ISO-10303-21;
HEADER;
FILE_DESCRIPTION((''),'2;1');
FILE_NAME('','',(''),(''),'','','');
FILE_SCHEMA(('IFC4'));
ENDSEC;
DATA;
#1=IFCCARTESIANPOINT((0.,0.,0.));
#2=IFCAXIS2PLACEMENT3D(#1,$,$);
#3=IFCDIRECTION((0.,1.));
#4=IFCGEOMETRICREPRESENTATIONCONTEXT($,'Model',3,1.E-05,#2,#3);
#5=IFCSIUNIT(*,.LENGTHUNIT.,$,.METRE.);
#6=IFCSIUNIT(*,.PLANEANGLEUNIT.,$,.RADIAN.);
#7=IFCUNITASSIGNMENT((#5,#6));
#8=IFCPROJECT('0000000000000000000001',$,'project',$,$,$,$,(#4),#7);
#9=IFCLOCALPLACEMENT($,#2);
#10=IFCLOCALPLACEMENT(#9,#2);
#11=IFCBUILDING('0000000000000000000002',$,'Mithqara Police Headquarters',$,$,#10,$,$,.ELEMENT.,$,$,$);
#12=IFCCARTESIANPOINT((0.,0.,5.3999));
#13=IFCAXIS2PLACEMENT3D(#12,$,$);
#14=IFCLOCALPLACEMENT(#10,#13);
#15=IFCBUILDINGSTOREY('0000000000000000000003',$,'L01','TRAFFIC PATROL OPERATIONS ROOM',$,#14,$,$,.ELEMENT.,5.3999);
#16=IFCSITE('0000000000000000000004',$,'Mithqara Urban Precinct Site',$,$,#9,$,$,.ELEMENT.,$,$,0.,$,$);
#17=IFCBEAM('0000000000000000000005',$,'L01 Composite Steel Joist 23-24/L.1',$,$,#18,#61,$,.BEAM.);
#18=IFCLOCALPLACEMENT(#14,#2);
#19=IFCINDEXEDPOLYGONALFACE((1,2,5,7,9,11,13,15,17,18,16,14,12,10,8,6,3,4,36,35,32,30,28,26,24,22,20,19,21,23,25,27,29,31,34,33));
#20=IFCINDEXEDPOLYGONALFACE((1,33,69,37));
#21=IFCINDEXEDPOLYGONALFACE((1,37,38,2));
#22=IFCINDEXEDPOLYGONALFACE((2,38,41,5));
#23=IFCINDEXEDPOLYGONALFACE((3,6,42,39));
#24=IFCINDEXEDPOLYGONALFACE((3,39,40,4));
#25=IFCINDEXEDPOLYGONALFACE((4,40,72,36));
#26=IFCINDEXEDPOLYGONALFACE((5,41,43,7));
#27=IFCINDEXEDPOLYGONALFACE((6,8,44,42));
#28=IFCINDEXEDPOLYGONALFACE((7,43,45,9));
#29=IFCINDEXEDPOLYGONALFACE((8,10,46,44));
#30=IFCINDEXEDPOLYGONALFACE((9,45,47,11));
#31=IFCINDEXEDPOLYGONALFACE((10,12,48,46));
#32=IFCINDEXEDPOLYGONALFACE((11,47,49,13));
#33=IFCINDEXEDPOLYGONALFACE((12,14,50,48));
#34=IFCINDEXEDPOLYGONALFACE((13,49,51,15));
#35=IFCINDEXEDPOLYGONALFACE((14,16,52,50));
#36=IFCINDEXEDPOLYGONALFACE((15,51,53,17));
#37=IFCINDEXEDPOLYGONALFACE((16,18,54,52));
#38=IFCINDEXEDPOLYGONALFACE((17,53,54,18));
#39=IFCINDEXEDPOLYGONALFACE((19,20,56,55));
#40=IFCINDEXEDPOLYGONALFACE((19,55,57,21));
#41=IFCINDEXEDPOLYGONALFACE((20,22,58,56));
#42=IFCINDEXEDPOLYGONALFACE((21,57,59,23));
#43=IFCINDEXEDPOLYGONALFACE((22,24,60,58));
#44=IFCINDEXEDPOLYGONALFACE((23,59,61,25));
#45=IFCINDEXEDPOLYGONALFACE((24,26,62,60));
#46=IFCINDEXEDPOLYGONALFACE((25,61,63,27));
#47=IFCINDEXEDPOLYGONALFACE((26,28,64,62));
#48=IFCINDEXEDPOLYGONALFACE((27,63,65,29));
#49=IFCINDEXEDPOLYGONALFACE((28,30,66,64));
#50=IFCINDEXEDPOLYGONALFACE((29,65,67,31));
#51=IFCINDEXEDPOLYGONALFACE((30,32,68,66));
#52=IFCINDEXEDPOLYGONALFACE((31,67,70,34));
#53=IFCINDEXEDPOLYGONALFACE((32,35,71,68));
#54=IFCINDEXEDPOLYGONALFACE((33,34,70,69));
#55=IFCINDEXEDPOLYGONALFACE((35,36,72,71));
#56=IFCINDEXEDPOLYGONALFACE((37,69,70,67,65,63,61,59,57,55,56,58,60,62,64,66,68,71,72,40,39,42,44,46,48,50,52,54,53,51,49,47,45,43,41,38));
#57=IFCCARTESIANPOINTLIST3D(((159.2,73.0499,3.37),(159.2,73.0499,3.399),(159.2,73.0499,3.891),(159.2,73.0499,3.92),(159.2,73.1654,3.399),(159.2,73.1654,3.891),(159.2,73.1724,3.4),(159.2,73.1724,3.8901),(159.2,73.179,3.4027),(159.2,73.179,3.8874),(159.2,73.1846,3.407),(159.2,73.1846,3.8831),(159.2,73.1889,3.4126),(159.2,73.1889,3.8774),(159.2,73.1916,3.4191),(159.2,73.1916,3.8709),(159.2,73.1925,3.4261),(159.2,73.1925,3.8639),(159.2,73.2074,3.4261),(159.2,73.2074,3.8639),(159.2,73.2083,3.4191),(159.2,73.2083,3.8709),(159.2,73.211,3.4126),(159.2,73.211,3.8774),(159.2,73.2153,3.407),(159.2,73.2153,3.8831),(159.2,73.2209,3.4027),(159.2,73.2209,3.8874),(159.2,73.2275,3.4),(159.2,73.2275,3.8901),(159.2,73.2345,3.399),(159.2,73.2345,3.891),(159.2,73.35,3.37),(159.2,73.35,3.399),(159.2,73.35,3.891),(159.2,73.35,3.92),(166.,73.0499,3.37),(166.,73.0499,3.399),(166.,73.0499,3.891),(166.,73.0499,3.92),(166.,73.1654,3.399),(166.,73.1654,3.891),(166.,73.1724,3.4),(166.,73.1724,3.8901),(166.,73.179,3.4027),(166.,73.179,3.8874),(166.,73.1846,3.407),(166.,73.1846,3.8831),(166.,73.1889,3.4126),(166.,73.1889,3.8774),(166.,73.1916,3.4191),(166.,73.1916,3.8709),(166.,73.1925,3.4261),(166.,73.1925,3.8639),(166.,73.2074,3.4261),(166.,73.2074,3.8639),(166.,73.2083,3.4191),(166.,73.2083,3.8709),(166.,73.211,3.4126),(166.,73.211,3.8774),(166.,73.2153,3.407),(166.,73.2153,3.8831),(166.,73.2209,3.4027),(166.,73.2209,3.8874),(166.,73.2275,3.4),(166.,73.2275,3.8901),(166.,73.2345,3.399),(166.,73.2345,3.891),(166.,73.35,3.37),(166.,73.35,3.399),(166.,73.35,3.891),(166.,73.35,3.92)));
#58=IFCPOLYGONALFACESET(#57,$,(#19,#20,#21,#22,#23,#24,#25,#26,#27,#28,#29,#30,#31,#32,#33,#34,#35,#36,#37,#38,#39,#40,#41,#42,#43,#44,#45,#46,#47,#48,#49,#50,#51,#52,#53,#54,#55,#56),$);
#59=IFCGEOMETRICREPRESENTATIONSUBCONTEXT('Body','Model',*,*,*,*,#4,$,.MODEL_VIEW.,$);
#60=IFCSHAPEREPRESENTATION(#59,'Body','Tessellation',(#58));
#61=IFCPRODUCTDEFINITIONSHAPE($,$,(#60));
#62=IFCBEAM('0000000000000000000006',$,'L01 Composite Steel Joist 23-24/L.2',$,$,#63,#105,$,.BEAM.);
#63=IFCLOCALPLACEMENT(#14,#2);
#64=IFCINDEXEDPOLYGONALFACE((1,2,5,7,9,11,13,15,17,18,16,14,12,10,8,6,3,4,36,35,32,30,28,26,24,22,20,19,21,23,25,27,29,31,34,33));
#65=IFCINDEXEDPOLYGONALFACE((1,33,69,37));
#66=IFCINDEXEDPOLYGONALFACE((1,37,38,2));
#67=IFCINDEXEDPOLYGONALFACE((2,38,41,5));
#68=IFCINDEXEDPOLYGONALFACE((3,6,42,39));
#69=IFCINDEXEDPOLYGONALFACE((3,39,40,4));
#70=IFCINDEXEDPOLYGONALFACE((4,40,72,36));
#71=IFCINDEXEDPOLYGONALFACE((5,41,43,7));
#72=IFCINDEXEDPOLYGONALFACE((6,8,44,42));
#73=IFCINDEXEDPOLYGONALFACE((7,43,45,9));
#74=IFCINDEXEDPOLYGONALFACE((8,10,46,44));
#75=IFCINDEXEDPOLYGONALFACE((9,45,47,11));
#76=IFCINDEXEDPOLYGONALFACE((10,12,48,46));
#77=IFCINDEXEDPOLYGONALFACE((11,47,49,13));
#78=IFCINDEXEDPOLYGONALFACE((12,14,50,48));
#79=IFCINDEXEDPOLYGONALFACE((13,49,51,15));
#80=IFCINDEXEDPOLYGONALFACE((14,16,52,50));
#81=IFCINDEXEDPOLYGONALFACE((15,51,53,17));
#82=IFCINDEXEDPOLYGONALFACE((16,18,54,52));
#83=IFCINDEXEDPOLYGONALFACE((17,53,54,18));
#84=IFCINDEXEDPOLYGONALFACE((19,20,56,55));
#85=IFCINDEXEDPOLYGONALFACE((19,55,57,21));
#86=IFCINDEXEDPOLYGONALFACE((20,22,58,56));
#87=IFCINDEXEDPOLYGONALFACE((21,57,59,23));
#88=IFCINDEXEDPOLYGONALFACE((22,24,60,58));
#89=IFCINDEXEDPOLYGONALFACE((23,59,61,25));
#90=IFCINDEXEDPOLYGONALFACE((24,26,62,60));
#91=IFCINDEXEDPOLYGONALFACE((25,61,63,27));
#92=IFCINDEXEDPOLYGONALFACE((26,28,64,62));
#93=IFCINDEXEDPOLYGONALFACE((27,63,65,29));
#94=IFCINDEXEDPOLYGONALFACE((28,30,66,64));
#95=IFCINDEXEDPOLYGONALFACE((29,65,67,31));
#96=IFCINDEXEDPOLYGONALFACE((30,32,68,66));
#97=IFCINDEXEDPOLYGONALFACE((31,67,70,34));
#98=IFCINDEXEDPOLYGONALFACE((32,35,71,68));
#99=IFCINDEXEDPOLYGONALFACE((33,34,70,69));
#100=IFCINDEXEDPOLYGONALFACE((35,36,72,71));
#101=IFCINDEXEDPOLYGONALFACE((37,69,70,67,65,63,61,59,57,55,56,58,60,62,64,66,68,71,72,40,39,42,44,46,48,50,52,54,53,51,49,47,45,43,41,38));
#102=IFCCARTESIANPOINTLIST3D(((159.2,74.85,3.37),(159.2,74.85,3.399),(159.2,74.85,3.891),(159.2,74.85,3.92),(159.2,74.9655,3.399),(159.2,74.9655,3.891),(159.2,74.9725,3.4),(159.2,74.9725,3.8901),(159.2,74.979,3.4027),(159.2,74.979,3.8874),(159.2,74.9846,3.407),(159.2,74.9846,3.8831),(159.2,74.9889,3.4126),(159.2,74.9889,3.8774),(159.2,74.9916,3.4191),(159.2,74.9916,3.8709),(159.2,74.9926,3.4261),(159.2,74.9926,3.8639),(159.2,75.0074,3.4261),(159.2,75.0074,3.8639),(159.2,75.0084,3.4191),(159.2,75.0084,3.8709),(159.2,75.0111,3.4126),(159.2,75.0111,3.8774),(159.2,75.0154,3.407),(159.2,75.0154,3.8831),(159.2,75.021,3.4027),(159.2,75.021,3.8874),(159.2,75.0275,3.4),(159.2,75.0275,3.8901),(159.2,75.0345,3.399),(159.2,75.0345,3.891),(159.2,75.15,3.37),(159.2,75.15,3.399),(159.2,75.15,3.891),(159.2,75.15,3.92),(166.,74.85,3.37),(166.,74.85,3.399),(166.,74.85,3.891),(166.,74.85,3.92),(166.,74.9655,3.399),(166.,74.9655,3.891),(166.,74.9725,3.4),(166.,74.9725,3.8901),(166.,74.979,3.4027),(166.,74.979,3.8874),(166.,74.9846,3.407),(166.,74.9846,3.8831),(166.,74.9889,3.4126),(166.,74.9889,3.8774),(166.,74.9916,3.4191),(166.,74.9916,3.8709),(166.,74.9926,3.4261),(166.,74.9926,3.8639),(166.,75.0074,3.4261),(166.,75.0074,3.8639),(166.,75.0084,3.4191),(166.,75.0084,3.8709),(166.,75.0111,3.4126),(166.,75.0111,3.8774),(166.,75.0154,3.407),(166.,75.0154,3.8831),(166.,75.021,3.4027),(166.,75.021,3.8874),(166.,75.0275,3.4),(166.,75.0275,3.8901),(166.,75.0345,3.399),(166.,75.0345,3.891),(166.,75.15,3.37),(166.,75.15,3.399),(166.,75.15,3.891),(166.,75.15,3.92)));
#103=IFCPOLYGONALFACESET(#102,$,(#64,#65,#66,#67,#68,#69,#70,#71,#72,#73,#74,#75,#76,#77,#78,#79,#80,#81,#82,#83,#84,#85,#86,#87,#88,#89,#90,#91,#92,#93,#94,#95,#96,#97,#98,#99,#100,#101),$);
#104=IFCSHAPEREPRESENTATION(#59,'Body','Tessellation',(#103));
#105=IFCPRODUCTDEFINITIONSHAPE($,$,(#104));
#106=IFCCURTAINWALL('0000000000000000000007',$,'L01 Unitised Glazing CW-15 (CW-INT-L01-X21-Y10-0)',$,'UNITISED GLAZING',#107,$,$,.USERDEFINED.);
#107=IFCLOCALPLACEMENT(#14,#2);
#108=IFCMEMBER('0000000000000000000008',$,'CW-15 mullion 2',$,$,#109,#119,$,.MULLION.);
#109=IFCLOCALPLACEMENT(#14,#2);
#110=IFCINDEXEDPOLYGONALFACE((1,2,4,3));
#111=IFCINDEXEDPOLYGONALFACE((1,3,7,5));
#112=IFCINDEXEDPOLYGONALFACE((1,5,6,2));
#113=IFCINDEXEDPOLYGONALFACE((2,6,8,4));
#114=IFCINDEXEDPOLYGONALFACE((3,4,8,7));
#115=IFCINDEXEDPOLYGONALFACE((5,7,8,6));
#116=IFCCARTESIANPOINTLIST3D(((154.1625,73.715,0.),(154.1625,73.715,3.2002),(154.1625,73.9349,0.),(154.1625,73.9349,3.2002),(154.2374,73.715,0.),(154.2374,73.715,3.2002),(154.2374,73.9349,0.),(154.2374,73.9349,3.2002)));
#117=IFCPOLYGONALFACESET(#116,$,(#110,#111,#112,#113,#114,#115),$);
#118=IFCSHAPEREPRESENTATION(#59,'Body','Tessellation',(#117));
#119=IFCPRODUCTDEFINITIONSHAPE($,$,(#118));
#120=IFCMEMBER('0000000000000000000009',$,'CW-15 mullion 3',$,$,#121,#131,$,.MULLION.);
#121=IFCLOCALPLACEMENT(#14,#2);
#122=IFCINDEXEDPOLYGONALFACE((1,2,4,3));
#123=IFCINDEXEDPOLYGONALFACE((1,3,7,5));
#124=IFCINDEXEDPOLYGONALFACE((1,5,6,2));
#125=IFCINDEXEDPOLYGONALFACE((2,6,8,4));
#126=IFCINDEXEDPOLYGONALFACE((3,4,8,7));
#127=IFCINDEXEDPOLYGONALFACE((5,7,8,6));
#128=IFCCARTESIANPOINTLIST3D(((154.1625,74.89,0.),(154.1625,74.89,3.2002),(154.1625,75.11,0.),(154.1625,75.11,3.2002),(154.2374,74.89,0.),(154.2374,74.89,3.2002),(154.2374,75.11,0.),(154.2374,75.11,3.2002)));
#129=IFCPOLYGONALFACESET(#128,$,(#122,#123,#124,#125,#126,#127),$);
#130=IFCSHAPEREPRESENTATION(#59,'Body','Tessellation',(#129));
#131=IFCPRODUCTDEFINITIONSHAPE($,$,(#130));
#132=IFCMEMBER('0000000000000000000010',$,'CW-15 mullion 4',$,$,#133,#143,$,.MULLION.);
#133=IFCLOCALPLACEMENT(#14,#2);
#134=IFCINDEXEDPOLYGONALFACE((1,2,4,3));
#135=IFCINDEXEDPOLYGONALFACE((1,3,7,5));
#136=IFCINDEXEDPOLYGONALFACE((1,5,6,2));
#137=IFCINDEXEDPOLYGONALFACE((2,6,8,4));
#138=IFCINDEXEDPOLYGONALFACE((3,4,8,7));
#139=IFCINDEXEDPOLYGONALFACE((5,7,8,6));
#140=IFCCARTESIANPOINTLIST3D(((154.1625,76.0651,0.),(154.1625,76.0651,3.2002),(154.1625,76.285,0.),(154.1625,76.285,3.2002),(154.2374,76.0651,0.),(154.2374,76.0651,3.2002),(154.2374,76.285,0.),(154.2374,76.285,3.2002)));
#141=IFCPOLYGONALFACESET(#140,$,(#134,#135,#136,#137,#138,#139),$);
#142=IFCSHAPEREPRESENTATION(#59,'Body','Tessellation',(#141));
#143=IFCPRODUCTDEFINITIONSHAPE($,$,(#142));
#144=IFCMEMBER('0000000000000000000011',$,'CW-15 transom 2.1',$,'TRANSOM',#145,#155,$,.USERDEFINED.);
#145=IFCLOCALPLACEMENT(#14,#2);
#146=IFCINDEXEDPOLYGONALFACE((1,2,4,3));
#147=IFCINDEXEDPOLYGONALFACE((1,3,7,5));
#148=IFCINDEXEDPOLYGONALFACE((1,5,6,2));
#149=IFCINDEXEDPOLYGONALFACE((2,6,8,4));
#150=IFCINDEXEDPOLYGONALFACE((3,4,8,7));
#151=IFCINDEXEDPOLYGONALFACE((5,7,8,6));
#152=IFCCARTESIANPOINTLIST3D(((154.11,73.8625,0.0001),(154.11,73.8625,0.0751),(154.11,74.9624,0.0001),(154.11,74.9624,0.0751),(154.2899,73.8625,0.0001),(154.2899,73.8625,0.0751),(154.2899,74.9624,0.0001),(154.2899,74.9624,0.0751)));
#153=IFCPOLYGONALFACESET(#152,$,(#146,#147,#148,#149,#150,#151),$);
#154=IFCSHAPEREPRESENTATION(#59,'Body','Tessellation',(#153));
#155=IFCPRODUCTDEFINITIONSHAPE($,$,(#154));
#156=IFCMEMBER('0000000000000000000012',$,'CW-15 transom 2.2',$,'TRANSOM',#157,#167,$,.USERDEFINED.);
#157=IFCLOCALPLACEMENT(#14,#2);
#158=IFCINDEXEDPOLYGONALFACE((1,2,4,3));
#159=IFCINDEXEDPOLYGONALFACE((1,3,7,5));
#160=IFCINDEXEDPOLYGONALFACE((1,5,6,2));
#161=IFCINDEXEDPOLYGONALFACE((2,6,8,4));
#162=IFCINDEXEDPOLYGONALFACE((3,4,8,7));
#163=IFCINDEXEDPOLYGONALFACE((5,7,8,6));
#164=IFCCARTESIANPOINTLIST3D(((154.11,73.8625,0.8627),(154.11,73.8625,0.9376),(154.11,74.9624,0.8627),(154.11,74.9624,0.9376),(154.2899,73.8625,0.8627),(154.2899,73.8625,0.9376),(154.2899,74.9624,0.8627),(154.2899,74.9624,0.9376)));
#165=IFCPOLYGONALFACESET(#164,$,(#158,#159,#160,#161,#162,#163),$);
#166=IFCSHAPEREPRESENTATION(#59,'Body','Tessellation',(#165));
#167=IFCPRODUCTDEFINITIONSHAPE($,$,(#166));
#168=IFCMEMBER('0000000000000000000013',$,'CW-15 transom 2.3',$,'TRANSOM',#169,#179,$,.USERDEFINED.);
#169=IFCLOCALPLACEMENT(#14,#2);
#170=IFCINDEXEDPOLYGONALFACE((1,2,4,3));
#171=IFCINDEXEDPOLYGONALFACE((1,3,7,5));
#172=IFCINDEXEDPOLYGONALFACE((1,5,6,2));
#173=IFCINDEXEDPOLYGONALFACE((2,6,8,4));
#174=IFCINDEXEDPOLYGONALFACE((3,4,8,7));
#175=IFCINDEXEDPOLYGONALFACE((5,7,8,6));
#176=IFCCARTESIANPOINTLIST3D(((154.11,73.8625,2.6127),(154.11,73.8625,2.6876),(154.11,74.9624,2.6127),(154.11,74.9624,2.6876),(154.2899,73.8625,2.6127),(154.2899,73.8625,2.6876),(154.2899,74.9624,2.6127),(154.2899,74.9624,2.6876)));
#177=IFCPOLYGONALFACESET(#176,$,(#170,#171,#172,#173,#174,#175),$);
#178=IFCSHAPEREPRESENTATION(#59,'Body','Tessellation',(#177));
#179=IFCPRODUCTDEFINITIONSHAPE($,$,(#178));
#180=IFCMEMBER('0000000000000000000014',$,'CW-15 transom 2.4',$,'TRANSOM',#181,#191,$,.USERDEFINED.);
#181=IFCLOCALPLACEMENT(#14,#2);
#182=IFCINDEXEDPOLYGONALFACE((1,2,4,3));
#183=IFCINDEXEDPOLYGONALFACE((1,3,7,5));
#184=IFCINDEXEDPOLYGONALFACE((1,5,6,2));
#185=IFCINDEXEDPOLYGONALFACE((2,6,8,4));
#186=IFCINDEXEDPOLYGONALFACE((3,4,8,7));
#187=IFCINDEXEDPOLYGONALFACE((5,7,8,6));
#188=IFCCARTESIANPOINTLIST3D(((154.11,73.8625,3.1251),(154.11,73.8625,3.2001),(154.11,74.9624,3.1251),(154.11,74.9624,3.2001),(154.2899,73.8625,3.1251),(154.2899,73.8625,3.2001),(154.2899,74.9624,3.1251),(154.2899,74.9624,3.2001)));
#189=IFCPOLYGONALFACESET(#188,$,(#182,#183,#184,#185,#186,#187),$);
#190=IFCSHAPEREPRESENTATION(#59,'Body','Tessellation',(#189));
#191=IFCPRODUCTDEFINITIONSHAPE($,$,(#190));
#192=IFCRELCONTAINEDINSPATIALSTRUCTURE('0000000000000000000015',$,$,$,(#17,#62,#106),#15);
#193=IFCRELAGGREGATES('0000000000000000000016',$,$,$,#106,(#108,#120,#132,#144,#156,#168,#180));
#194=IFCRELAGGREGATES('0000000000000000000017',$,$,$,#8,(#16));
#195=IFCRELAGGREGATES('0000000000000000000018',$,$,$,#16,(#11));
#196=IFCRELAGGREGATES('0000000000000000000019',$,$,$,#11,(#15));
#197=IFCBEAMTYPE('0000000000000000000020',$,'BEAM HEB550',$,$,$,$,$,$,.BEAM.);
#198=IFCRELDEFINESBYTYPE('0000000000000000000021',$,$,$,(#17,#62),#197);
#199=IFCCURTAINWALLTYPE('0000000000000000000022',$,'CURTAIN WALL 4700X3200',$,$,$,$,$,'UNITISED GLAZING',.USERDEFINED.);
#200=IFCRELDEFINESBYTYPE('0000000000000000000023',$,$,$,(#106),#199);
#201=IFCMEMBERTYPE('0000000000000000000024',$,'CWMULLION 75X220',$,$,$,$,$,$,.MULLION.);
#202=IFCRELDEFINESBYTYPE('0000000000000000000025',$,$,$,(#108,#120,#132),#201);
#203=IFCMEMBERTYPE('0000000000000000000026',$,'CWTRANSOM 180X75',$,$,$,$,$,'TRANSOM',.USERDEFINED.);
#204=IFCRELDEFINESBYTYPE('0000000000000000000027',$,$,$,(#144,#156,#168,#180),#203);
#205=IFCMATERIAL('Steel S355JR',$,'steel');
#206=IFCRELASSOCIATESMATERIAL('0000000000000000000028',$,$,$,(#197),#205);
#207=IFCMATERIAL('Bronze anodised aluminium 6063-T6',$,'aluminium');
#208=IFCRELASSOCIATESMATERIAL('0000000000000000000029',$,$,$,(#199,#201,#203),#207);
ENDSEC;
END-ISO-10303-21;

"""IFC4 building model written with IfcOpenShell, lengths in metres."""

from ifc_helpers import new_model, si_unit, direction, frame, origin, origin_2d, place, context, subcontext, project, spatial, rectangle, i_section, extrude, material, material_profile, profile_set, type_object, element, aggregate, save


model = new_model("IFC4")

# Units and contexts
model_context = context("Model", 3, precision=1e-05, world=origin(), true_north=direction((0.0, 1.0)))
body_context = subcontext(model_context, "Body", "Model", "MODEL_VIEW")
ifc_project = project(units=[si_unit("LENGTHUNIT", "METRE"), si_unit("PLANEANGLEUNIT", "RADIAN")], contexts=[model_context])

# Site, building, storey
site_placement = place(None, origin())
site = spatial("IfcSite", under=ifc_project, at=site_placement, Name="Mithqara Urban Precinct Site", CompositionType="ELEMENT", RefElevation=0.0)
building_placement = place(site_placement, origin())
building = spatial("IfcBuilding", under=site, at=building_placement, Name="Mithqara Police Headquarters", CompositionType="ELEMENT")
storey_placement = place(building_placement, frame((0.0, 0.0, 5.3999)))
storey = spatial("IfcBuildingStorey", under=building, at=storey_placement, Name="L01", Description="TRAFFIC PATROL OPERATIONS ROOM", CompositionType="ELEMENT", Elevation=5.3999)

# Beams
ifc_material_1 = material(Name="Steel S355JR", Category="steel")
ifc_material_profile_1 = material_profile(ifc_material_1, i_section(OverallWidth=0.3, OverallDepth=0.55, WebThickness=0.0149, FlangeThickness=0.0291, FilletRadius=0.0271, at=origin_2d()), Name="HEB 550")
ifc_profile_set_1 = profile_set([ifc_material_profile_1], Name="Steel S355JR")
beam_type = type_object("IfcBeamType", Name="BEAM HEB550", PredefinedType="BEAM", material=ifc_profile_set_1)
for number, where, z_axis, x_axis, name in (
    (1, (159.2, 73.2, 3.645), (1.0, 0.0, 0.0), (0.0, 1.0, 0.0), "L01 Composite Steel Joist 23-24/L.1"),
    (2, (159.2, 75.0, 3.645), (1.0, 0.0, 0.0), (0.0, 1.0, 0.0), "L01 Composite Steel Joist 23-24/L.2"),
):
    element("IfcBeam", number, at=place(storey_placement, frame(where, z_axis=z_axis, x_axis=x_axis)), inside=storey, type_object=beam_type, Name=name, PredefinedType="BEAM", context=body_context, shape_type="SweptSolid", body=[
        extrude(i_section(OverallWidth=0.3, OverallDepth=0.55, WebThickness=0.0149, FlangeThickness=0.0291, FilletRadius=0.0271, at=origin_2d()), origin(), (0.0, 0.0, 1.0), 6.8),
    ])

# Curtain wall, members
ifc_material_2 = material(Name="Bronze anodised aluminium 6063-T6", Category="aluminium")
curtain_wall_type = type_object("IfcCurtainWallType", Name="CURTAIN WALL 4700X3200", ElementType="UNITISED GLAZING", PredefinedType="USERDEFINED", material=ifc_material_2)
curtain_wall_placement = place(storey_placement, origin())
curtain_wall = element("IfcCurtainWall", 3, at=curtain_wall_placement, inside=storey, type_object=curtain_wall_type, Name="L01 Unitised Glazing CW-15 (CW-INT-L01-X21-Y10-0)", ObjectType="UNITISED GLAZING", PredefinedType="USERDEFINED")
ifc_material_profile_2 = material_profile(ifc_material_2, rectangle(XDim=0.075, YDim=0.22, at=origin_2d()), Name="CWM 75x220")
ifc_profile_set_2 = profile_set([ifc_material_profile_2], Name="Bronze anodised aluminium 6063-T6")
member_type_1 = type_object("IfcMemberType", Name="CWMULLION 75X220", PredefinedType="MULLION", material=ifc_profile_set_2)
member_1_placement = place(storey_placement, frame((154.2, 73.825, 0.0), z_axis=(0.0, 0.0, 1.0), x_axis=(-1.0, 0.0, 0.0)))
member_1 = element("IfcMember", 4, at=member_1_placement, type_object=member_type_1, Name="CW-15 mullion 2", PredefinedType="MULLION", context=body_context, shape_type="SweptSolid", body=[
    extrude(rectangle(XDim=0.075, YDim=0.22, at=origin_2d()), origin(), (0.0, 0.0, 1.0), 3.2002),
])
member_2_placement = place(storey_placement, frame((154.2, 75.0, 0.0), z_axis=(0.0, 0.0, 1.0), x_axis=(-1.0, 0.0, 0.0)))
member_2 = element("IfcMember", 5, at=member_2_placement, type_object=member_type_1, Name="CW-15 mullion 3", PredefinedType="MULLION", context=body_context, shape_type="SweptSolid", body=[
    extrude(rectangle(XDim=0.075, YDim=0.22, at=origin_2d()), origin(), (0.0, 0.0, 1.0), 3.2002),
])
member_3_placement = place(storey_placement, frame((154.2, 76.175, 0.0), z_axis=(0.0, 0.0, 1.0), x_axis=(-1.0, 0.0, 0.0)))
member_3 = element("IfcMember", 6, at=member_3_placement, type_object=member_type_1, Name="CW-15 mullion 4", PredefinedType="MULLION", context=body_context, shape_type="SweptSolid", body=[
    extrude(rectangle(XDim=0.075, YDim=0.22, at=origin_2d()), origin(), (0.0, 0.0, 1.0), 3.2002),
])
ifc_material_profile_3 = material_profile(ifc_material_2, rectangle(XDim=0.1799, YDim=0.075, at=origin_2d()), Name="CWT 180x75")
ifc_profile_set_3 = profile_set([ifc_material_profile_3], Name="Bronze anodised aluminium 6063-T6")
member_type_2 = type_object("IfcMemberType", Name="CWTRANSOM 180X75", ElementType="TRANSOM", PredefinedType="USERDEFINED", material=ifc_profile_set_3)
member_4_placement = place(storey_placement, frame((154.2, 73.8625, 0.0376), z_axis=(0.0, 1.0, 0.0), x_axis=(-1.0, 0.0, 0.0)))
member_4 = element("IfcMember", 7, at=member_4_placement, type_object=member_type_2, Name="CW-15 transom 2.1", ObjectType="TRANSOM", PredefinedType="USERDEFINED", context=body_context, shape_type="SweptSolid", body=[
    extrude(rectangle(XDim=0.1799, YDim=0.075, at=origin_2d()), origin(), (0.0, 0.0, 1.0), 1.0999),
])
member_5_placement = place(storey_placement, frame((154.2, 73.8625, 0.9001), z_axis=(0.0, 1.0, 0.0), x_axis=(-1.0, 0.0, 0.0)))
member_5 = element("IfcMember", 8, at=member_5_placement, type_object=member_type_2, Name="CW-15 transom 2.2", ObjectType="TRANSOM", PredefinedType="USERDEFINED", context=body_context, shape_type="SweptSolid", body=[
    extrude(rectangle(XDim=0.1799, YDim=0.075, at=origin_2d()), origin(), (0.0, 0.0, 1.0), 1.0999),
])
member_6_placement = place(storey_placement, frame((154.2, 73.8625, 2.6501), z_axis=(0.0, 1.0, 0.0), x_axis=(-1.0, 0.0, 0.0)))
member_6 = element("IfcMember", 9, at=member_6_placement, type_object=member_type_2, Name="CW-15 transom 2.3", ObjectType="TRANSOM", PredefinedType="USERDEFINED", context=body_context, shape_type="SweptSolid", body=[
    extrude(rectangle(XDim=0.1799, YDim=0.075, at=origin_2d()), origin(), (0.0, 0.0, 1.0), 1.0999),
])
member_7_placement = place(storey_placement, frame((154.2, 73.8625, 3.1626), z_axis=(0.0, 1.0, 0.0), x_axis=(-1.0, 0.0, 0.0)))
member_7 = element("IfcMember", 10, at=member_7_placement, type_object=member_type_2, Name="CW-15 transom 2.4", ObjectType="TRANSOM", PredefinedType="USERDEFINED", context=body_context, shape_type="SweptSolid", body=[
    extrude(rectangle(XDim=0.1799, YDim=0.075, at=origin_2d()), origin(), (0.0, 0.0, 1.0), 1.0999),
])
aggregate(curtain_wall, [member_1, member_2, member_3, member_4, member_5, member_6, member_7])

save(model, "model.ifc")
